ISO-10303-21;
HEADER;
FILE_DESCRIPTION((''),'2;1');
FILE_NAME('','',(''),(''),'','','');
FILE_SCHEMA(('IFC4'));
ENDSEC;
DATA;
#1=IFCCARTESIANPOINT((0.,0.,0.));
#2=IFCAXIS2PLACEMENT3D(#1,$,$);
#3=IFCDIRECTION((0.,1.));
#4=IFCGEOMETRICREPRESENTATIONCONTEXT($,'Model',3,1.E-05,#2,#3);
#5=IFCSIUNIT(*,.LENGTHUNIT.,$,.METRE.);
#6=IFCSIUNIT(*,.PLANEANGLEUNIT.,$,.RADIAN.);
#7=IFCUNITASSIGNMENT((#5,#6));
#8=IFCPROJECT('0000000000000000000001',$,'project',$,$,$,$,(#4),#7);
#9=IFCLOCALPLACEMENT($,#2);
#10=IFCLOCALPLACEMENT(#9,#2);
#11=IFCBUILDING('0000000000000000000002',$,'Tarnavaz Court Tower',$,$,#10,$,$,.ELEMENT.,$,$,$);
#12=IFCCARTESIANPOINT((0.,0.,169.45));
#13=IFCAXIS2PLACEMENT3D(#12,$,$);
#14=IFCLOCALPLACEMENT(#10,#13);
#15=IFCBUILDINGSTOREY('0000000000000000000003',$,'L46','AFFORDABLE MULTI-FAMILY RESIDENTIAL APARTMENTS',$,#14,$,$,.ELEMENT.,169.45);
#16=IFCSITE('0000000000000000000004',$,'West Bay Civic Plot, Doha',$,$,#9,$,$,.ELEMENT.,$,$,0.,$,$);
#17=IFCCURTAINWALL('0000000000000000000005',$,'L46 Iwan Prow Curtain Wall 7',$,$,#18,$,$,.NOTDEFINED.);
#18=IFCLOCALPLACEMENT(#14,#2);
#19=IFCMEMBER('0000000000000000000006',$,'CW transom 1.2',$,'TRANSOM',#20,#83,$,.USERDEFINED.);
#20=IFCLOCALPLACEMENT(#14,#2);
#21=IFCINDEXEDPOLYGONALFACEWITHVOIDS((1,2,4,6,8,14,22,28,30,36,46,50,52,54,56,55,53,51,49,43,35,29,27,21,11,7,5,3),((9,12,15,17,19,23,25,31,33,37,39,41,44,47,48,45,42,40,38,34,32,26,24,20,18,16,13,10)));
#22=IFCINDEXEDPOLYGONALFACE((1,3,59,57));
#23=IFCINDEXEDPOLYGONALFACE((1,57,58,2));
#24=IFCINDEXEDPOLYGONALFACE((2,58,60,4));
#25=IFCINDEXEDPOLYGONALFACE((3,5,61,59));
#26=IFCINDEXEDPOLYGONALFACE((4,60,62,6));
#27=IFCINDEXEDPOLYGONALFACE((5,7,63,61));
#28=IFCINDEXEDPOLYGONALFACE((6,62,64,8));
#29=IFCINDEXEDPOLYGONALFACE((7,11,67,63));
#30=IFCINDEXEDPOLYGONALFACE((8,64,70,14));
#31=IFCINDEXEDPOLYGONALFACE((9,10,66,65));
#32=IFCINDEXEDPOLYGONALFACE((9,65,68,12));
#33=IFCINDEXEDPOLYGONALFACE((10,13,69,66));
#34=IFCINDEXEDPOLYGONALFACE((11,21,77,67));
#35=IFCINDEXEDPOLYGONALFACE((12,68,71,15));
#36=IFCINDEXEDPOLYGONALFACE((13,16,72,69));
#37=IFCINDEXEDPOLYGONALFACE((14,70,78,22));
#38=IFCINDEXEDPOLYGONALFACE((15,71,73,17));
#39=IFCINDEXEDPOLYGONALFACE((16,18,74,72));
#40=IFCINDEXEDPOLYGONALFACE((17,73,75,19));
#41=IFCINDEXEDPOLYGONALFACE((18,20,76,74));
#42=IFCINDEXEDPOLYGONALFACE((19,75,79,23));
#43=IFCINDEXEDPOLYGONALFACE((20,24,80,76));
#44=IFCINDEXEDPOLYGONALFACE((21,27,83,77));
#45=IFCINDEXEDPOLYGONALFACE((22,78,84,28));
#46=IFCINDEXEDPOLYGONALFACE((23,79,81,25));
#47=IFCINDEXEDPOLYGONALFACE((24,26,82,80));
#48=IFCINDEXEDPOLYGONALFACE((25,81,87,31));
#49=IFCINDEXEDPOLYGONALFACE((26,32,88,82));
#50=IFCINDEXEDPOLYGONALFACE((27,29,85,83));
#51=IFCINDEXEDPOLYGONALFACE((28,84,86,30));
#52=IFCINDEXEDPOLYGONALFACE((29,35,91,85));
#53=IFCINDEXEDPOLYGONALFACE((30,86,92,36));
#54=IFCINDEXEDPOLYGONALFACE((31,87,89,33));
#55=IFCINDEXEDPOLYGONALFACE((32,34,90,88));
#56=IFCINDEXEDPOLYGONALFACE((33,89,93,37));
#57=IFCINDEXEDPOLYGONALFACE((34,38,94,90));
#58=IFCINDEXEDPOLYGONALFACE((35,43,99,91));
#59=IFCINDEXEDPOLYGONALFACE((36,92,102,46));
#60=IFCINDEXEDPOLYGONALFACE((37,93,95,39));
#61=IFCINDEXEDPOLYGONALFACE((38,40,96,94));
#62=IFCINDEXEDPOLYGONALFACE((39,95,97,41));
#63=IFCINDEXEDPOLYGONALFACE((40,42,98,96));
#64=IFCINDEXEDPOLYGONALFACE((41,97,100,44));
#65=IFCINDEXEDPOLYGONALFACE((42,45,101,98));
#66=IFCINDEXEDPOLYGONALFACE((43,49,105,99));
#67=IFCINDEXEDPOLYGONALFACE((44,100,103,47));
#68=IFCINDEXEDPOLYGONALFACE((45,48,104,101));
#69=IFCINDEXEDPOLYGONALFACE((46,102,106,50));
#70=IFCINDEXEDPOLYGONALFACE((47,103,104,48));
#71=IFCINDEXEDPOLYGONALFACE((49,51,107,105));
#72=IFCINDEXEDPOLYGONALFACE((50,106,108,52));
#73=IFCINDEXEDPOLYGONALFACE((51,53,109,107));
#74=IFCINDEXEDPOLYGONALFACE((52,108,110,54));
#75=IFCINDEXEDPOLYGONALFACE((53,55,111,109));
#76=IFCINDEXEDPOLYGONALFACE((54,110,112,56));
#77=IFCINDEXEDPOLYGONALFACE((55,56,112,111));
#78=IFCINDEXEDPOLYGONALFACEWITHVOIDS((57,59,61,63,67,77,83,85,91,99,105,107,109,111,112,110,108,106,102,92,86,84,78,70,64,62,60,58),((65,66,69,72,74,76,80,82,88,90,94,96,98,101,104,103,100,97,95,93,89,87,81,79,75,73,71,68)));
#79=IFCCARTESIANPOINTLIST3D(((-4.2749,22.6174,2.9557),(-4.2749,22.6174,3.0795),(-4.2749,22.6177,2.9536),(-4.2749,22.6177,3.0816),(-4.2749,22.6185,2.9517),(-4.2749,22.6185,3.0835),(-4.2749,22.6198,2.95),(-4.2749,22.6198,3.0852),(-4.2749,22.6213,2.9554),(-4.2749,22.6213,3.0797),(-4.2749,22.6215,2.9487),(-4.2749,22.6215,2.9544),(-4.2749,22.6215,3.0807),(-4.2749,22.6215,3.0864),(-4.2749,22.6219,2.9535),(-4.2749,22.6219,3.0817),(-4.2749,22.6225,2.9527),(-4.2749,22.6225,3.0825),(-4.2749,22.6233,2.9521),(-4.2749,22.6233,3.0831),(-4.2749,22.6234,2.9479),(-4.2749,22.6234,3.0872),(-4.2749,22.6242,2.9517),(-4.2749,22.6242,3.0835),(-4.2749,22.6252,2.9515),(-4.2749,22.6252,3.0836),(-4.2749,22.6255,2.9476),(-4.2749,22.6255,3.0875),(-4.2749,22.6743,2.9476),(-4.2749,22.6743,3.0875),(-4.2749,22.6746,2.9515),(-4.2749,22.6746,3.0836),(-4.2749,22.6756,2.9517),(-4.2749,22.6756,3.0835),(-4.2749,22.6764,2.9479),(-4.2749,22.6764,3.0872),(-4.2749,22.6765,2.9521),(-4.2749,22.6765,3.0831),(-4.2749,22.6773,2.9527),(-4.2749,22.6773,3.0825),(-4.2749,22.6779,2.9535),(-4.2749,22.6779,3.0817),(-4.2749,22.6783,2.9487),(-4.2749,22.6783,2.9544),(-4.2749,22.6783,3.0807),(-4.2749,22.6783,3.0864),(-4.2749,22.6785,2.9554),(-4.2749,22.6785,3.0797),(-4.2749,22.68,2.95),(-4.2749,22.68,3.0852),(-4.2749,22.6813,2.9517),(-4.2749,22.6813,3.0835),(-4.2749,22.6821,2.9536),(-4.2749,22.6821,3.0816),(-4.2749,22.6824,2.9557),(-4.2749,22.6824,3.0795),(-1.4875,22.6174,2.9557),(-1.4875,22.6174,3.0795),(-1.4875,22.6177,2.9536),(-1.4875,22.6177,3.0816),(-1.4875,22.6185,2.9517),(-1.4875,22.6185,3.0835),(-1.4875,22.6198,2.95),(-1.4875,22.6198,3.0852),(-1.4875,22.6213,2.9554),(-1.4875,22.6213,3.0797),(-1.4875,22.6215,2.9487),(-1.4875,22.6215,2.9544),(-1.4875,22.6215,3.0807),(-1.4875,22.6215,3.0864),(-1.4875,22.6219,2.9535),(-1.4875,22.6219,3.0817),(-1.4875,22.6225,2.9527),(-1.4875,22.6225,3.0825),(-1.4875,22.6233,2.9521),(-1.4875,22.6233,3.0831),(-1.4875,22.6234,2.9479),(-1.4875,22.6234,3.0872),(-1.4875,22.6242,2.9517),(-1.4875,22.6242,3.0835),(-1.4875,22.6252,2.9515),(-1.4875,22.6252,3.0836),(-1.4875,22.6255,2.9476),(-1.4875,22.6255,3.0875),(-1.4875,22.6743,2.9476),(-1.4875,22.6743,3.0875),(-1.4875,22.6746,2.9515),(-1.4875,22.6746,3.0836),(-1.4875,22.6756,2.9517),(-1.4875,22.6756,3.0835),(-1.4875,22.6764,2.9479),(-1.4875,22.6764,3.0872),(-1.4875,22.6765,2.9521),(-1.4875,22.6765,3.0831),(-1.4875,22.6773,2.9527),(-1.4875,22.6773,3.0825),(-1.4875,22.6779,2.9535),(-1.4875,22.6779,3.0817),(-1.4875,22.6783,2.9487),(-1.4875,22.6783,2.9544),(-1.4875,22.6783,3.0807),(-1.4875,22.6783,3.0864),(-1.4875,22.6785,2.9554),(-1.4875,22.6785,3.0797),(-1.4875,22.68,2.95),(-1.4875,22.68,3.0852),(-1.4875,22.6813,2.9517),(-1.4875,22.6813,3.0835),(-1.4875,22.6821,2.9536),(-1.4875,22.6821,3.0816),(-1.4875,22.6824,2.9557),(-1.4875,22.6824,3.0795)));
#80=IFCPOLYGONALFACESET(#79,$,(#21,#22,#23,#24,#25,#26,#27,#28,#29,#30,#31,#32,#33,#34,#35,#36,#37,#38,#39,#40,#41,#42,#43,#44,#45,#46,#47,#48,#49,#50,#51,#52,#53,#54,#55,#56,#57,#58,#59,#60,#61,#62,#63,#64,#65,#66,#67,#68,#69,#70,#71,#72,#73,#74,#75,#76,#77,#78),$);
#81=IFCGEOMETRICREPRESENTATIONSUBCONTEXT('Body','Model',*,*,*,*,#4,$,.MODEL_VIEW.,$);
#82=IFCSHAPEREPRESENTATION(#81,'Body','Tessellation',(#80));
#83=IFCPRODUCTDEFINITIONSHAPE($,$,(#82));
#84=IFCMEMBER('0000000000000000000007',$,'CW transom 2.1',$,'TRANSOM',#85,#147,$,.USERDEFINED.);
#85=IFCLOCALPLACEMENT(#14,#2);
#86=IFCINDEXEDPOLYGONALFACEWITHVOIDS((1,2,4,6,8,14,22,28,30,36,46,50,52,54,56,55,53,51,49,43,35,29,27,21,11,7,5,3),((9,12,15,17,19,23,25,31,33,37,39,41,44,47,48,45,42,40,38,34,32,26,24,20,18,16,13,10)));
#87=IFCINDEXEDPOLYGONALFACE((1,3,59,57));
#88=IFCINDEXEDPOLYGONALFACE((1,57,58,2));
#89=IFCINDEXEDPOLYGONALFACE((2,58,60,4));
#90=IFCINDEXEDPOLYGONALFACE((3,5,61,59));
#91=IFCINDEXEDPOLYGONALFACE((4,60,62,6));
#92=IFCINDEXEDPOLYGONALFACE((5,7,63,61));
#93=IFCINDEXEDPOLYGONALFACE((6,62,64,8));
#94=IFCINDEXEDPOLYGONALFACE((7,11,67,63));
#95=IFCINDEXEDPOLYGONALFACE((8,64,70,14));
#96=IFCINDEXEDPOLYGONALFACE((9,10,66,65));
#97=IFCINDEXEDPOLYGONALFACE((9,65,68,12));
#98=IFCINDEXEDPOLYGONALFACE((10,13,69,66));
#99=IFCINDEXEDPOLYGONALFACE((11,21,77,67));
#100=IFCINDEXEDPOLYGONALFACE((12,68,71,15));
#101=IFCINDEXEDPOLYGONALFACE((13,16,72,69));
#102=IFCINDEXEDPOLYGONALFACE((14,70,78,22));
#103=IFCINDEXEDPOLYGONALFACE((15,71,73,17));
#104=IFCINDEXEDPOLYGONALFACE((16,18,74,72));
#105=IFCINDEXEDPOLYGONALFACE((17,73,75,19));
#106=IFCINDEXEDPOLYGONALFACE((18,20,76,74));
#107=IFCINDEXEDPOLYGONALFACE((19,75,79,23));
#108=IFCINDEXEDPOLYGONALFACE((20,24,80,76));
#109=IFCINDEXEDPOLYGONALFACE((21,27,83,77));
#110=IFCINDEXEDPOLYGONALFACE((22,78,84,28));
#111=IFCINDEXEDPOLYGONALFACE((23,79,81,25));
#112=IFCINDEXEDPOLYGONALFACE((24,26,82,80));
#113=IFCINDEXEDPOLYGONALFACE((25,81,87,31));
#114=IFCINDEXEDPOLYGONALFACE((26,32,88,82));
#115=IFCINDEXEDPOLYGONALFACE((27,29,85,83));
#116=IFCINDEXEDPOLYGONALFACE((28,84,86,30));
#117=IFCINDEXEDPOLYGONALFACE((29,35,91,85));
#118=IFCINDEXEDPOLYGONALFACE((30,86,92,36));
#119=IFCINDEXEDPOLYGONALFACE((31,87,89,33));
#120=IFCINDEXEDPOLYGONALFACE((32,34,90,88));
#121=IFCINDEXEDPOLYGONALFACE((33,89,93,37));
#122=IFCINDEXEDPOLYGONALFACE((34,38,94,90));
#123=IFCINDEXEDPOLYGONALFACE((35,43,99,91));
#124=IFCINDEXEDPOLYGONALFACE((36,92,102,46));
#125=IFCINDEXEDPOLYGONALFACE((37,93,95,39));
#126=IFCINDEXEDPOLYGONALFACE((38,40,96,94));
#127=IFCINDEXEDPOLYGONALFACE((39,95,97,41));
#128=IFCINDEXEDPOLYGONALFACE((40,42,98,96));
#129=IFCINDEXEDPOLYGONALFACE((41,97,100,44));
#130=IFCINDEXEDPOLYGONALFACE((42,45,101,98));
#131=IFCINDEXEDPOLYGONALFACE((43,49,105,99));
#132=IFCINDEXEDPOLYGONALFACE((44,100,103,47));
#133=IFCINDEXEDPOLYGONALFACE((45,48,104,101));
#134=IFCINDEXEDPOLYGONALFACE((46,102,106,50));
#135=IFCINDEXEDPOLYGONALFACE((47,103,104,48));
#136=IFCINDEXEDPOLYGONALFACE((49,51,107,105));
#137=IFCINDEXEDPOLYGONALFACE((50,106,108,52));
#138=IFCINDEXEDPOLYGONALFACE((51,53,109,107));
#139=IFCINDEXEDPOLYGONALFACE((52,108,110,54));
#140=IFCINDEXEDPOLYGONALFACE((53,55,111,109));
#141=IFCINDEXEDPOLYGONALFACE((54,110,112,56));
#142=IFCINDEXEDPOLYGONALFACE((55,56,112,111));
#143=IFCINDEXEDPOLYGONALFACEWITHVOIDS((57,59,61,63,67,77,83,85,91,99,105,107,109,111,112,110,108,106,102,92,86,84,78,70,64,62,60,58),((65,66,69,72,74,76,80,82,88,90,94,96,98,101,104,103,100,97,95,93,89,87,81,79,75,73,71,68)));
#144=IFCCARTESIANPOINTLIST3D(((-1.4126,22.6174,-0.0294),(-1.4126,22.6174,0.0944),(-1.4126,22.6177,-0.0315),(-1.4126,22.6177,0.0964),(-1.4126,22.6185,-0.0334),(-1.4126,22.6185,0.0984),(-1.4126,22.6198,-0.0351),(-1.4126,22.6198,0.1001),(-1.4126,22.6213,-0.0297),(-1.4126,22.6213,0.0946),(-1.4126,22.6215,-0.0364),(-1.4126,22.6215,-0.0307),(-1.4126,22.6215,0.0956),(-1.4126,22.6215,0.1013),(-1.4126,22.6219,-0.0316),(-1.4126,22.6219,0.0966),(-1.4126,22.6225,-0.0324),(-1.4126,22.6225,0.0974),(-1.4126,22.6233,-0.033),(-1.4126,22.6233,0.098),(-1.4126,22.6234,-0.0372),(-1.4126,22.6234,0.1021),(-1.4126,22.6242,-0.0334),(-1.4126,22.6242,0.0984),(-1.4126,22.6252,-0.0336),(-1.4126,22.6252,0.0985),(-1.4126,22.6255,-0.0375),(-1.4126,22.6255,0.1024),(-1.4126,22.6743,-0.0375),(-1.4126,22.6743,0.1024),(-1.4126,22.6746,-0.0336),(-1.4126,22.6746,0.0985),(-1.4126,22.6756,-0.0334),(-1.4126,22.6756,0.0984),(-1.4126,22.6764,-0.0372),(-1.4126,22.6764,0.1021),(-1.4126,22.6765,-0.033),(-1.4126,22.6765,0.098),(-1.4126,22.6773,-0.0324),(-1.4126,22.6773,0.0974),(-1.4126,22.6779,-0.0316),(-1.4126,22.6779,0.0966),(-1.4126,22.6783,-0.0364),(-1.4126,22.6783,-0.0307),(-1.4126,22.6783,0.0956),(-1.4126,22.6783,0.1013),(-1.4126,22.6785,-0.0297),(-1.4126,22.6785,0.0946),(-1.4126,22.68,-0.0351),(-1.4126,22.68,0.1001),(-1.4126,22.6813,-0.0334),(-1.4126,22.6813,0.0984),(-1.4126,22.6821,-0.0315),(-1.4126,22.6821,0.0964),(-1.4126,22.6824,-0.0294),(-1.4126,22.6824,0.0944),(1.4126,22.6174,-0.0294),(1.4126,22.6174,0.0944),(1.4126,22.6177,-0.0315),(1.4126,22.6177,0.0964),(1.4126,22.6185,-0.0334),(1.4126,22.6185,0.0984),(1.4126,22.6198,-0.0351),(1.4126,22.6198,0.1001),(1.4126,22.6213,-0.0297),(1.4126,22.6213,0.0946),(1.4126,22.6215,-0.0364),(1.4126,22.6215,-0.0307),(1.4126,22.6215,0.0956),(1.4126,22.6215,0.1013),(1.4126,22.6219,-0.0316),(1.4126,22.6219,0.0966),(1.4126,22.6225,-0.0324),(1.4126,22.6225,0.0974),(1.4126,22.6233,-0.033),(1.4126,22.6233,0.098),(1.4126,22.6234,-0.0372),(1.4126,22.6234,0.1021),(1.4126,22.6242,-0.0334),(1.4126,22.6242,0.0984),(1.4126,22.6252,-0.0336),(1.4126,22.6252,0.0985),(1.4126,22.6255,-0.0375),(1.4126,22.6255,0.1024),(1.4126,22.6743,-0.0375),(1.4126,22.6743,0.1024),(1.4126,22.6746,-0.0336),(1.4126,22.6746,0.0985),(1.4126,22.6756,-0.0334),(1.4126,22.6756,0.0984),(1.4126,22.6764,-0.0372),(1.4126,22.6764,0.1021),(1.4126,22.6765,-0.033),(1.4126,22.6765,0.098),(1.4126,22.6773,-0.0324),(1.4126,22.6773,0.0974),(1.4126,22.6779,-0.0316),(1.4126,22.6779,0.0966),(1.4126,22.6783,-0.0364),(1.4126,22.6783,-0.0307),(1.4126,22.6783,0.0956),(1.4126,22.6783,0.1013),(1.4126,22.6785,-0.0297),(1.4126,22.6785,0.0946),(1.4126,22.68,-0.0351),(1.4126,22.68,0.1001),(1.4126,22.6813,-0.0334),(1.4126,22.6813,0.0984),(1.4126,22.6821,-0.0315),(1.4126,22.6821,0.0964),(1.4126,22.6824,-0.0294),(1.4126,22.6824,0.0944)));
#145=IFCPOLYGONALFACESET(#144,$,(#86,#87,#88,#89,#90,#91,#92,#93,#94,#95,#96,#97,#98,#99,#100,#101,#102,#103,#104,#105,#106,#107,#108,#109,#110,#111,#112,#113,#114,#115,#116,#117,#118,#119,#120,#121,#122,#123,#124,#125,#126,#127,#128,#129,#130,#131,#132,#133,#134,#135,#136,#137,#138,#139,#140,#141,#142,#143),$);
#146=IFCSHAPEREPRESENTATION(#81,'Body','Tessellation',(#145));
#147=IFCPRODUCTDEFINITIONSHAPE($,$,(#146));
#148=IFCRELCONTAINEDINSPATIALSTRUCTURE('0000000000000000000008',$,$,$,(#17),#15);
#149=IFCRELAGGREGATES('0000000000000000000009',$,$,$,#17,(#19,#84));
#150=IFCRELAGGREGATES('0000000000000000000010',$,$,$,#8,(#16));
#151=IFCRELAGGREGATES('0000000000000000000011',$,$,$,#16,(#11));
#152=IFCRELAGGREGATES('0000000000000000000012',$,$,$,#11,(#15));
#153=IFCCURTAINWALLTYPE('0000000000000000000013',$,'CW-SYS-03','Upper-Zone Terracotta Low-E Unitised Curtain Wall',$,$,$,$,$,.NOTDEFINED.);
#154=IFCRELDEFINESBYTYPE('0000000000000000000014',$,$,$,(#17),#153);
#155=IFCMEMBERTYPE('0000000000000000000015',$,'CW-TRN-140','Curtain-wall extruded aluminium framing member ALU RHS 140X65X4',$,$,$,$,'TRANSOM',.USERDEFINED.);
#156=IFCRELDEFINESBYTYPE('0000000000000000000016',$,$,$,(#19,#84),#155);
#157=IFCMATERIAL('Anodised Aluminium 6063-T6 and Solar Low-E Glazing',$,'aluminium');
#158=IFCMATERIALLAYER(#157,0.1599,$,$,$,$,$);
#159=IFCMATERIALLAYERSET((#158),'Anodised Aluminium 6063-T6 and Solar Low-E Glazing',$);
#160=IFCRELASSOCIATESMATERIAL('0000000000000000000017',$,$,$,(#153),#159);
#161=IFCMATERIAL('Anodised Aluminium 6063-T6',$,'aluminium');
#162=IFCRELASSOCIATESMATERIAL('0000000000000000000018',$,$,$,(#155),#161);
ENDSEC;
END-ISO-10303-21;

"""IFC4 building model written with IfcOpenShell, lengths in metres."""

from ifc_helpers import new_model, si_unit, direction, frame, origin, origin_2d, place, context, subcontext, project, spatial, hollow_rectangle, extrude, material, layer, layer_set, material_profile, profile_set, type_object, element, aggregate, save


model = new_model("IFC4")

# Units and contexts
model_context = context("Model", 3, precision=1e-05, world=origin(), true_north=direction((0.0, 1.0)))
body_context = subcontext(model_context, "Body", "Model", "MODEL_VIEW")
ifc_project = project(units=[si_unit("LENGTHUNIT", "METRE"), si_unit("PLANEANGLEUNIT", "RADIAN")], contexts=[model_context])

# Site, building, storey
site_placement = place(None, origin())
site = spatial("IfcSite", under=ifc_project, at=site_placement, Name="West Bay Civic Plot, Doha", CompositionType="ELEMENT", RefElevation=0.0)
building_placement = place(site_placement, origin())
building = spatial("IfcBuilding", under=site, at=building_placement, Name="Tarnavaz Court Tower", CompositionType="ELEMENT")
storey_placement = place(building_placement, frame((0.0, 0.0, 169.45)))
storey = spatial("IfcBuildingStorey", under=building, at=storey_placement, Name="L46", Description="AFFORDABLE MULTI-FAMILY RESIDENTIAL APARTMENTS", CompositionType="ELEMENT", Elevation=169.45)

# Curtain wall, members
ifc_material_1 = material(Name="Anodised Aluminium 6063-T6 and Solar Low-E Glazing", Category="aluminium")
ifc_layer_1 = layer(ifc_material_1, 0.1599)
ifc_layer_set_1 = layer_set([ifc_layer_1], Name="Anodised Aluminium 6063-T6 and Solar Low-E Glazing")
curtain_wall_type = type_object("IfcCurtainWallType", Name="CW-SYS-03", Description="Upper-Zone Terracotta Low-E Unitised Curtain Wall", PredefinedType="NOTDEFINED", material=ifc_layer_set_1)
curtain_wall_placement = place(storey_placement, origin())
curtain_wall = element("IfcCurtainWall", 1, at=curtain_wall_placement, inside=storey, type_object=curtain_wall_type, Name="L46 Iwan Prow Curtain Wall 7", PredefinedType="NOTDEFINED")
ifc_material_2 = material(Name="Anodised Aluminium 6063-T6", Category="aluminium")
ifc_material_profile_1 = material_profile(ifc_material_2, hollow_rectangle(XDim=0.0649, YDim=0.1399, WallThickness=0.0039, InnerFilletRadius=0.0039, OuterFilletRadius=0.0081, at=origin_2d()), Name="ALU RHS 140X65X4")
ifc_profile_set_1 = profile_set([ifc_material_profile_1], Name="Anodised Aluminium 6063-T6")
member_type_1 = type_object("IfcMemberType", Name="CW-TRN-140", Description="Curtain-wall extruded aluminium framing member ALU RHS 140X65X4", ElementType="TRANSOM", PredefinedType="USERDEFINED", material=ifc_profile_set_1)
member_1_placement = place(storey_placement, frame((-4.2749, 22.6499, 3.0176), z_axis=(1.0, 0.0, 0.0), x_axis=(0.0, 1.0, 0.0)))
member_1 = element("IfcMember", 2, at=member_1_placement, type_object=member_type_1, Name="CW transom 1.2", ObjectType="TRANSOM", PredefinedType="USERDEFINED", context=body_context, shape_type="SweptSolid", body=[
    extrude(hollow_rectangle(XDim=0.0649, YDim=0.1399, WallThickness=0.0039, InnerFilletRadius=0.0039, OuterFilletRadius=0.0081, at=origin_2d()), origin(), (0.0, 0.0, 1.0), 2.7874),
])
member_2_placement = place(storey_placement, frame((-1.4126, 22.6499, 0.0325), z_axis=(1.0, 0.0, 0.0), x_axis=(0.0, 1.0, 0.0)))
member_2 = element("IfcMember", 3, at=member_2_placement, type_object=member_type_1, Name="CW transom 2.1", ObjectType="TRANSOM", PredefinedType="USERDEFINED", context=body_context, shape_type="SweptSolid", body=[
    extrude(hollow_rectangle(XDim=0.0649, YDim=0.1399, WallThickness=0.0039, InnerFilletRadius=0.0039, OuterFilletRadius=0.0081, at=origin_2d()), origin(), (0.0, 0.0, 1.0), 2.8252),
])
aggregate(curtain_wall, [member_1, member_2])

save(model, "model.ifc")
